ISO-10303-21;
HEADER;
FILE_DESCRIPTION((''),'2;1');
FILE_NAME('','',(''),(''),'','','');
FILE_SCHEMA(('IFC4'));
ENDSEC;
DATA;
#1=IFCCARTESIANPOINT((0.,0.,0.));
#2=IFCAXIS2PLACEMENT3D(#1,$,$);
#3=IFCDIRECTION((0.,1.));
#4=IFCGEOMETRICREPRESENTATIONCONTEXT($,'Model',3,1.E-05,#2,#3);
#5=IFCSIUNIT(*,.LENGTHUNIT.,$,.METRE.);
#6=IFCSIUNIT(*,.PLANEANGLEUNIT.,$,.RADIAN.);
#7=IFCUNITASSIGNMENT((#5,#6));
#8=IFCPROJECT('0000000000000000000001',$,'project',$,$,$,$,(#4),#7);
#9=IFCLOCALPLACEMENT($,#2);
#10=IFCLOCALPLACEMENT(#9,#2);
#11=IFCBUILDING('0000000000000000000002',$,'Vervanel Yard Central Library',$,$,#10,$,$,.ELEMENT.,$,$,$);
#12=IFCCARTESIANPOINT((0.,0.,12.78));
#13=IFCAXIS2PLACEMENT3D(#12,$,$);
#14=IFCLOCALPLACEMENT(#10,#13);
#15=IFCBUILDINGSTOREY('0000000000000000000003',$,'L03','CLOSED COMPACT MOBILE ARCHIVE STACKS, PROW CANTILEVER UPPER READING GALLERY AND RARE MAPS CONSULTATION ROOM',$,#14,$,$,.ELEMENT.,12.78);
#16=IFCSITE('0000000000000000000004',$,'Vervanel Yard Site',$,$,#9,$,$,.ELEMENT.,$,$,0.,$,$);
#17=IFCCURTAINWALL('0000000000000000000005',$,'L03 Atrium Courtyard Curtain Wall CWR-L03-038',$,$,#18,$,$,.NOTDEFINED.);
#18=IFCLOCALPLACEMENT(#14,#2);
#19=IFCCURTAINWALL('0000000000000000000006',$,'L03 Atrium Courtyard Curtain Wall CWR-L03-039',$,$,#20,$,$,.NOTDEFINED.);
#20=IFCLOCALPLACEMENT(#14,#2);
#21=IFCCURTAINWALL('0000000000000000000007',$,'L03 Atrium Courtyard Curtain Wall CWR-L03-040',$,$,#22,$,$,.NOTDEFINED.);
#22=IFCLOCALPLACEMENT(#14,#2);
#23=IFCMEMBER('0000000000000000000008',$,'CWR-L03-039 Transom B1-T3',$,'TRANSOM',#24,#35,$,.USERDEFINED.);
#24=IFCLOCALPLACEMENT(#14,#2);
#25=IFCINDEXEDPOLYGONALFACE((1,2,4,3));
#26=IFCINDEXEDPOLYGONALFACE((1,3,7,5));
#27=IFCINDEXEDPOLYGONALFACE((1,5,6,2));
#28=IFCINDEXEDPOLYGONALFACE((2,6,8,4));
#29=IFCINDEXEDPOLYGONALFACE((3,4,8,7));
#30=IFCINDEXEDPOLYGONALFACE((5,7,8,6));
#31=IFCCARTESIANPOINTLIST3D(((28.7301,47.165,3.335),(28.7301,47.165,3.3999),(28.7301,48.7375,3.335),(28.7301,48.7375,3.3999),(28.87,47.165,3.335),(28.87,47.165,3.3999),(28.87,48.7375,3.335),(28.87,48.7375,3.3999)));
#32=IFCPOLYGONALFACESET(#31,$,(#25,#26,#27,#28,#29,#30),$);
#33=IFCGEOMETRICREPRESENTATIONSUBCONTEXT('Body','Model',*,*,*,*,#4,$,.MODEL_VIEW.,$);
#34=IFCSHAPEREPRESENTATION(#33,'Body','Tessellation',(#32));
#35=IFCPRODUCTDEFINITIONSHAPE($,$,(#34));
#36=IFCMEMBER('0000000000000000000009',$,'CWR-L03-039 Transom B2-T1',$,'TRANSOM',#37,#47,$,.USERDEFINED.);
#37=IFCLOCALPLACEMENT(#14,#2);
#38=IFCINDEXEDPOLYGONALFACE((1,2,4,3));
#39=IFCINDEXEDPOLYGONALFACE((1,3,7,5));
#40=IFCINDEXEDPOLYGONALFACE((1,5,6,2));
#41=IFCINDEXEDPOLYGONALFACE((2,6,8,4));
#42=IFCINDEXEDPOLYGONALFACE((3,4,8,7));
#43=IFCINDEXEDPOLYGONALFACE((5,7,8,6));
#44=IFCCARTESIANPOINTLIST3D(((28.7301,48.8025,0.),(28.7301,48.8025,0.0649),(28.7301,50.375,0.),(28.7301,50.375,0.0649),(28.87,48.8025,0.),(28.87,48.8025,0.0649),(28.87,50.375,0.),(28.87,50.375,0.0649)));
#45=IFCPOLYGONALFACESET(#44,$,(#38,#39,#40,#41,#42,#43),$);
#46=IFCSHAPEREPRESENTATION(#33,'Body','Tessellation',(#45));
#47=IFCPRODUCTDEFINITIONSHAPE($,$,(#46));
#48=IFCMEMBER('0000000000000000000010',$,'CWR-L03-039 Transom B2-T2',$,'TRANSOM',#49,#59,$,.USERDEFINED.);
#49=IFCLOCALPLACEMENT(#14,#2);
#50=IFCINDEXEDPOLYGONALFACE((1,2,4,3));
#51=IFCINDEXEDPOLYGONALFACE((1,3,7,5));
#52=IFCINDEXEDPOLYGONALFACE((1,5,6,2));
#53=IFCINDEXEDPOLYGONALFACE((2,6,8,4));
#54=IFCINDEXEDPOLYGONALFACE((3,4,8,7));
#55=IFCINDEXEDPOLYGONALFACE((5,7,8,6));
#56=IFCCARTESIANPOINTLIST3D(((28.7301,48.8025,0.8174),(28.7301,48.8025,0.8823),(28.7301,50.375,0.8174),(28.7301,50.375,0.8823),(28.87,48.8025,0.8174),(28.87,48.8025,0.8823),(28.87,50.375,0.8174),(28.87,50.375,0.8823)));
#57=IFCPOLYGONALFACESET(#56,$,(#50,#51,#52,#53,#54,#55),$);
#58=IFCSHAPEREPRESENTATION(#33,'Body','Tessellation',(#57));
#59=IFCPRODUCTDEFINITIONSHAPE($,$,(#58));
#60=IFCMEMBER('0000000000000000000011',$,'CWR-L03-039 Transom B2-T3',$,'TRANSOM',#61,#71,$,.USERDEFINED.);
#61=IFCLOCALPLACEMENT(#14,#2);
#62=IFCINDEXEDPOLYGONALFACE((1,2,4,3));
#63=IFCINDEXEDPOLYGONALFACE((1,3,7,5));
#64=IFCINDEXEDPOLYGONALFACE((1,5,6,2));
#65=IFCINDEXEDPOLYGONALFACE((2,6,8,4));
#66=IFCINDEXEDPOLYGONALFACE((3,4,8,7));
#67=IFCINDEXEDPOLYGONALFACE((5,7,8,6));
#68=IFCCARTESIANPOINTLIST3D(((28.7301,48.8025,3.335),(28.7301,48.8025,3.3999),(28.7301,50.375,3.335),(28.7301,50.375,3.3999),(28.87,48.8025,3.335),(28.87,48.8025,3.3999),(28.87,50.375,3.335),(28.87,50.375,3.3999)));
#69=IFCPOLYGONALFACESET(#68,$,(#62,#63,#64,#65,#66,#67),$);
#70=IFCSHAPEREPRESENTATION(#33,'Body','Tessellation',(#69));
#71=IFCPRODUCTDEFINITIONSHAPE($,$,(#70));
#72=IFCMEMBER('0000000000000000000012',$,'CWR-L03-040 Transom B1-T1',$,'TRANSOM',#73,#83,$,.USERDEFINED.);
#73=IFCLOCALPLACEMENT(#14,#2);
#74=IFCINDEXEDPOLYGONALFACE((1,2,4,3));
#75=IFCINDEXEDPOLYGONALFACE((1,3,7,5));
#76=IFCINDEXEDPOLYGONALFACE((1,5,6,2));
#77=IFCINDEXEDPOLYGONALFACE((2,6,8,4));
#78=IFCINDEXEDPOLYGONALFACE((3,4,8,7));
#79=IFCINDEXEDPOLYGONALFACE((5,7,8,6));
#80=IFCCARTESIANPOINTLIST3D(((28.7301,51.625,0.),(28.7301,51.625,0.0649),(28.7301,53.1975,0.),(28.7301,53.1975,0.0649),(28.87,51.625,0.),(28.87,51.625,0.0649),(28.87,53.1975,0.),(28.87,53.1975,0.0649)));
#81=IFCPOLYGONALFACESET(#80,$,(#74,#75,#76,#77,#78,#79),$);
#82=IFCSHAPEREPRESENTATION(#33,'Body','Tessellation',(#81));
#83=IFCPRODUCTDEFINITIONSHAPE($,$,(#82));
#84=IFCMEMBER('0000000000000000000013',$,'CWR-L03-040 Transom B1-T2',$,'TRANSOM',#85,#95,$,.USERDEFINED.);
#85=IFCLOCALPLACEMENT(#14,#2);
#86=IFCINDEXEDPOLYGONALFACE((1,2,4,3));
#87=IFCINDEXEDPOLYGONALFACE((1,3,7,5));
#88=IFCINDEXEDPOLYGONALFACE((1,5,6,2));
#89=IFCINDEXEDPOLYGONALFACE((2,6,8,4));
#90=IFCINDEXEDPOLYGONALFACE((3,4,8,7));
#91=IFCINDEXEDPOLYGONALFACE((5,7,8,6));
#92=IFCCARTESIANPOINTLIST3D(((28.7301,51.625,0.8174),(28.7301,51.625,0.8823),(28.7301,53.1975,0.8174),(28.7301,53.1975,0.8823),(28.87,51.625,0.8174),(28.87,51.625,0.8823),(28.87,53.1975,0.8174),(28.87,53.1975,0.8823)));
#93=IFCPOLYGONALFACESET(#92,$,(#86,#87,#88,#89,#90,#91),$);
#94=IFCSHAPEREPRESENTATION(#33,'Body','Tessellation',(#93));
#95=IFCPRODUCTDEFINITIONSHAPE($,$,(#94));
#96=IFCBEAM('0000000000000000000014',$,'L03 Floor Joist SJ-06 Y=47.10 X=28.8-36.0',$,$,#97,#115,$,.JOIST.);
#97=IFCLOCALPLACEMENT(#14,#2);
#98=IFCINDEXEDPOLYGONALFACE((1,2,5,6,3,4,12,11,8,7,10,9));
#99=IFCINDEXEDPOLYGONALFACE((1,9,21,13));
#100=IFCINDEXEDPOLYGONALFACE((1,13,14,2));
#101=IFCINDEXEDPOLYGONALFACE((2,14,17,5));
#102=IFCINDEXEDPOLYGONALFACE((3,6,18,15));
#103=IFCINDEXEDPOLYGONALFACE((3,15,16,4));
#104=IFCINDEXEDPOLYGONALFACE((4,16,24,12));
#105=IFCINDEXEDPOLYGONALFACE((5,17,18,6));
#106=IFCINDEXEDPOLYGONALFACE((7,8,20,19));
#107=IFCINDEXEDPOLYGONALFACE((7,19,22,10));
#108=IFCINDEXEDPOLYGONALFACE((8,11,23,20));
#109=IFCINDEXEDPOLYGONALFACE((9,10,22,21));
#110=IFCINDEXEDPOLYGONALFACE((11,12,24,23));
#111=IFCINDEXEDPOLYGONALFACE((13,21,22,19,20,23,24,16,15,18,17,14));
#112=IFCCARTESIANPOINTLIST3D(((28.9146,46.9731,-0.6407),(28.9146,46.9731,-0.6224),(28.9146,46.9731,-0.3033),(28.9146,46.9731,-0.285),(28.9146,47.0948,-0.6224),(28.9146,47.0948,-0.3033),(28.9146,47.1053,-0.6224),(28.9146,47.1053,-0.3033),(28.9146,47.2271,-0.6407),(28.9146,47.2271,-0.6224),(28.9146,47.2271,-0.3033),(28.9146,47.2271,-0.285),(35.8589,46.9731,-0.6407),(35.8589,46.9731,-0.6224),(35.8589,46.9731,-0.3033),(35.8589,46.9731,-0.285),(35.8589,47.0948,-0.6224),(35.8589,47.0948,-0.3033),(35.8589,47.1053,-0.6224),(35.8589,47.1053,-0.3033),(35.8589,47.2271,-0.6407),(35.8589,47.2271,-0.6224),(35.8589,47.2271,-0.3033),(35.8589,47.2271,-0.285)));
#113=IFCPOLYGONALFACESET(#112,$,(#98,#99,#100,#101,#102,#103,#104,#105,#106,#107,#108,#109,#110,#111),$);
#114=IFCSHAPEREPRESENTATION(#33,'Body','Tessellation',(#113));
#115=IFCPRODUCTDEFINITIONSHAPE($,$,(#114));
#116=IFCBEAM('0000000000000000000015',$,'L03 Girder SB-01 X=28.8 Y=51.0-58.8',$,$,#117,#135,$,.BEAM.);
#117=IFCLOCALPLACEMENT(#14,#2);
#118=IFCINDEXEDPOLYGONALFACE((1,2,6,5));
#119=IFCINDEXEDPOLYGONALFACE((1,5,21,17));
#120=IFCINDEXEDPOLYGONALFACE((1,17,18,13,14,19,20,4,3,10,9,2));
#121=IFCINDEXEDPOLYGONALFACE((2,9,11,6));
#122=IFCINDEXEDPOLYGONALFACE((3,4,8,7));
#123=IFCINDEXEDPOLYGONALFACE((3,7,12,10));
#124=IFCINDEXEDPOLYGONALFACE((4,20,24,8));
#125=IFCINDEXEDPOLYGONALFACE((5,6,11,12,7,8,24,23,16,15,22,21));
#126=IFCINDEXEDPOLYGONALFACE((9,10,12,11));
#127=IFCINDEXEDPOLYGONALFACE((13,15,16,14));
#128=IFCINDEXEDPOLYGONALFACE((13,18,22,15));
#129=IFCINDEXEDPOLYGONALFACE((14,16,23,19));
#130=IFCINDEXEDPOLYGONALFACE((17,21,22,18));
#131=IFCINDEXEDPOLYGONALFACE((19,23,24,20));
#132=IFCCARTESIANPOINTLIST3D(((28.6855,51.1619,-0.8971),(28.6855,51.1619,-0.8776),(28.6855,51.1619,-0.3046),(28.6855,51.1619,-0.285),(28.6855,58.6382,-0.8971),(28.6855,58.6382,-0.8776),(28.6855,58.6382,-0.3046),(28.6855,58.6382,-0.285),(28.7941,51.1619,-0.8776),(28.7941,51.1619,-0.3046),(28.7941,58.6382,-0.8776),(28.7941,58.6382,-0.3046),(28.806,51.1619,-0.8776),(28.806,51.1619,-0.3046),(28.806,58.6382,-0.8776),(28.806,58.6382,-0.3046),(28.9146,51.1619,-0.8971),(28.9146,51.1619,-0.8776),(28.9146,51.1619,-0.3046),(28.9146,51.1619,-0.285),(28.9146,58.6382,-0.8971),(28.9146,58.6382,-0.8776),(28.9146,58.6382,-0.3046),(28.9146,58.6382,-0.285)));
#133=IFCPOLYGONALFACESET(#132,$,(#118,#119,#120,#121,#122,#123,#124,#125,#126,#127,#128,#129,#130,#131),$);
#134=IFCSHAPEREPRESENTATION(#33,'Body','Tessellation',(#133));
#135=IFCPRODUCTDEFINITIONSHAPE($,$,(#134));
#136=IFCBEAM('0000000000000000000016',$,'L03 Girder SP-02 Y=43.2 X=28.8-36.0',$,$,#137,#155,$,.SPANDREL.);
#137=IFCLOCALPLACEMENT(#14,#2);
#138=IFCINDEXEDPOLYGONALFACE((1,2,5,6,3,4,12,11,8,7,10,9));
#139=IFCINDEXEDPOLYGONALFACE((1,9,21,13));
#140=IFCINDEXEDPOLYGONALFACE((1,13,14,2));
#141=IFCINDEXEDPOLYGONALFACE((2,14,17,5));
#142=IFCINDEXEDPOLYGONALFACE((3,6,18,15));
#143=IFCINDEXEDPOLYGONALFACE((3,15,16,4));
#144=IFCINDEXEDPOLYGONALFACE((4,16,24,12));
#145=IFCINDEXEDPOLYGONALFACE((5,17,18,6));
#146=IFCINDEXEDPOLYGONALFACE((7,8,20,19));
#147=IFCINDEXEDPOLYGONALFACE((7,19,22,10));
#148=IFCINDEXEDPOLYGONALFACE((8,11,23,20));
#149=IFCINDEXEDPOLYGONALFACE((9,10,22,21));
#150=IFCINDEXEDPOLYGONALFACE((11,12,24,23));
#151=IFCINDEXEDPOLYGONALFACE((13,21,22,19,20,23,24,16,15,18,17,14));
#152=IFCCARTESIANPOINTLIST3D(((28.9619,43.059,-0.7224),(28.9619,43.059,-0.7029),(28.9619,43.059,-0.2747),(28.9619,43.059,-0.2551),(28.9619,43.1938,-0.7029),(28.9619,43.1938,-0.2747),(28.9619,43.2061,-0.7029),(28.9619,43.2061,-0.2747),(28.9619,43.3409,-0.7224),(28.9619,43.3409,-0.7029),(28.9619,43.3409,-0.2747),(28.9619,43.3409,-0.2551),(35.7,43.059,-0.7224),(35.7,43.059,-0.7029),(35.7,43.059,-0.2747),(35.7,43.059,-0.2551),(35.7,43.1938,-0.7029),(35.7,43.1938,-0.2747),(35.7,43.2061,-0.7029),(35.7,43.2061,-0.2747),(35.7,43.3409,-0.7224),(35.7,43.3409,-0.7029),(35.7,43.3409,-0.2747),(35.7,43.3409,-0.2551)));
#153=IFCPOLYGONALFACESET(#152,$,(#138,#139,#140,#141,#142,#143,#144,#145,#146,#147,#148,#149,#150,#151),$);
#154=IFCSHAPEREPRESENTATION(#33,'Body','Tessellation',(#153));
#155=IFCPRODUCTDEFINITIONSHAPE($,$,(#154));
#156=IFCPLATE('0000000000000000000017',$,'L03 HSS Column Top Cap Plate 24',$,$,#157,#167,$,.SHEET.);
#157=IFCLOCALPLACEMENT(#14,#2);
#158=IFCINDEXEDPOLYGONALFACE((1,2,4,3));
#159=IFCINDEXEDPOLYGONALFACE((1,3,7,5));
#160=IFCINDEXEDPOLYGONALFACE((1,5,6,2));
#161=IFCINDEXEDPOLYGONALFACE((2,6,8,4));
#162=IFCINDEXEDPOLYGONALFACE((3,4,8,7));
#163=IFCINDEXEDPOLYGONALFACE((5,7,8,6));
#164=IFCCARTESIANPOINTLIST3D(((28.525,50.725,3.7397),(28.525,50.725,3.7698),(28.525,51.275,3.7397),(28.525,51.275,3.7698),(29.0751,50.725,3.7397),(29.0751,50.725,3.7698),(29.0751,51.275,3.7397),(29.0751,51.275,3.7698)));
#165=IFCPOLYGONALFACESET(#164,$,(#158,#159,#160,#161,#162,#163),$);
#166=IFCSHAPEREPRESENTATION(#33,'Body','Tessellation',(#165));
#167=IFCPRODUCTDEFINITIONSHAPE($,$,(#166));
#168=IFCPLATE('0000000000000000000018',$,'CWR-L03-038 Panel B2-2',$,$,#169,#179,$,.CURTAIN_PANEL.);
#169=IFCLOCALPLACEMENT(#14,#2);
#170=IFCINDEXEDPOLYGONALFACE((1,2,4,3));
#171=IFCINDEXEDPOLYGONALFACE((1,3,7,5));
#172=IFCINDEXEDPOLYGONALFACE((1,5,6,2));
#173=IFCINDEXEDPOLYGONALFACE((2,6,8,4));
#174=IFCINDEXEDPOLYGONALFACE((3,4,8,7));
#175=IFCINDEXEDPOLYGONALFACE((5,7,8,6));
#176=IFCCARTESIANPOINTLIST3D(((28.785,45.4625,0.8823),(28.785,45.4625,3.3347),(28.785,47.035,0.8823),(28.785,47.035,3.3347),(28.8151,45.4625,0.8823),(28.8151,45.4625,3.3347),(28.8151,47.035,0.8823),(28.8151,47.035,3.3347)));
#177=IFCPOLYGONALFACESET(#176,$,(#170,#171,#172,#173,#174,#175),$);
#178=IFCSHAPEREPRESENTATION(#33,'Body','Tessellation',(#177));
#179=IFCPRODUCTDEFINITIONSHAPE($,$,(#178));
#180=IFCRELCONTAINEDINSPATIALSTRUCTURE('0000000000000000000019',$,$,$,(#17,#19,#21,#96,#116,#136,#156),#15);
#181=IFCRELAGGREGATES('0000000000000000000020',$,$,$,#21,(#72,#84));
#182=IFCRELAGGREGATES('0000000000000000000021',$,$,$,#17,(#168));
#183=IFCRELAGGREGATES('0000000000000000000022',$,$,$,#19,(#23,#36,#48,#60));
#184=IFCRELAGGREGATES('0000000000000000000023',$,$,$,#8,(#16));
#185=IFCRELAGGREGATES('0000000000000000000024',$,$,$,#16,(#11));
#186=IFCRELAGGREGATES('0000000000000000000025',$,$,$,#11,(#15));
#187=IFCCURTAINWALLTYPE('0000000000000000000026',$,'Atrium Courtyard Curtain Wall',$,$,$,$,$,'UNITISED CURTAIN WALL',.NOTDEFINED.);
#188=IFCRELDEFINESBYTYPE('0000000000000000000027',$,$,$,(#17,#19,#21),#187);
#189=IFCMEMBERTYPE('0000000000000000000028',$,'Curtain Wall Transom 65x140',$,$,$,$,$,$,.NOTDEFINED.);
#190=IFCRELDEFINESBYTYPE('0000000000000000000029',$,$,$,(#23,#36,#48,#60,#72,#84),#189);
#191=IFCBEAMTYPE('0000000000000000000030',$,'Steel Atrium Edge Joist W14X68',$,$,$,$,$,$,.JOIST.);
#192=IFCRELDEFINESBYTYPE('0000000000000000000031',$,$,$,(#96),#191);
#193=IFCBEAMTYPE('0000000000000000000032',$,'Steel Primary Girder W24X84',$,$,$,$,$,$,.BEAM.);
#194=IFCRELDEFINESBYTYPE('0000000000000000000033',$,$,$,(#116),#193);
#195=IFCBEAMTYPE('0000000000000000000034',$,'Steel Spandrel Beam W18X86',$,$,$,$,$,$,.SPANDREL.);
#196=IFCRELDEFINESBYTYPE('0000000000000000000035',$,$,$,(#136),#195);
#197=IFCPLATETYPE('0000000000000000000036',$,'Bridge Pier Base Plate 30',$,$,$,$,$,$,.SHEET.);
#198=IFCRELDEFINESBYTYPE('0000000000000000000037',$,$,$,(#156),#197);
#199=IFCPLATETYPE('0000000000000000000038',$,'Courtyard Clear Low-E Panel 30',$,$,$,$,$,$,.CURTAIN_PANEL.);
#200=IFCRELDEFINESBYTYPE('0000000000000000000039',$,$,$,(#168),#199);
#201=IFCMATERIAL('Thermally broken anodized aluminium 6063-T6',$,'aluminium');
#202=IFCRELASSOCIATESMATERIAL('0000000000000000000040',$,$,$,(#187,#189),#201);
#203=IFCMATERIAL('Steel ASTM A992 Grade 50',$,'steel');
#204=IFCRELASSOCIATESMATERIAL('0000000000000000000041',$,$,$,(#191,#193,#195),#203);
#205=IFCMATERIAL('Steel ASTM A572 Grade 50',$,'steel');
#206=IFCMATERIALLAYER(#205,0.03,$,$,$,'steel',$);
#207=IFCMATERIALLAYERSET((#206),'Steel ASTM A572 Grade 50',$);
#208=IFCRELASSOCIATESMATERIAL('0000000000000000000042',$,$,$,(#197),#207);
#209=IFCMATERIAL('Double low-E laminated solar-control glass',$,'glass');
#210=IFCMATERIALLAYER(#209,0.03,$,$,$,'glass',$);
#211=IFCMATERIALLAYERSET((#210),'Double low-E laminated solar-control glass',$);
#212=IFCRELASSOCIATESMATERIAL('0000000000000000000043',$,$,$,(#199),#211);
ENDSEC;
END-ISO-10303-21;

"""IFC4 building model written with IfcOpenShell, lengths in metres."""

from ifc_helpers import new_model, si_unit, direction, frame, origin, origin_2d, place, context, subcontext, project, spatial, rectangle, i_section, extrude, material, layer, layer_set, material_profile, profile_set, type_object, element, aggregate, save


model = new_model("IFC4")

# Units and contexts
model_context = context("Model", 3, precision=1e-05, world=origin(), true_north=direction((0.0, 1.0)))
body_context = subcontext(model_context, "Body", "Model", "MODEL_VIEW")
ifc_project = project(units=[si_unit("LENGTHUNIT", "METRE"), si_unit("PLANEANGLEUNIT", "RADIAN")], contexts=[model_context])

# Site, building, storey
site_placement = place(None, origin())
site = spatial("IfcSite", under=ifc_project, at=site_placement, Name="Vervanel Yard Site", CompositionType="ELEMENT", RefElevation=0.0)
building_placement = place(site_placement, origin())
building = spatial("IfcBuilding", under=site, at=building_placement, Name="Vervanel Yard Central Library", CompositionType="ELEMENT")
storey_placement = place(building_placement, frame((0.0, 0.0, 12.78)))
storey = spatial("IfcBuildingStorey", under=building, at=storey_placement, Name="L03", Description="CLOSED COMPACT MOBILE ARCHIVE STACKS, PROW CANTILEVER UPPER READING GALLERY AND RARE MAPS CONSULTATION ROOM", CompositionType="ELEMENT", Elevation=12.78)

# Curtain wall
ifc_material_1 = material(Name="Thermally broken anodized aluminium 6063-T6", Category="aluminium")
curtain_wall_type = type_object("IfcCurtainWallType", Name="Atrium Courtyard Curtain Wall", ElementType="UNITISED CURTAIN WALL", PredefinedType="NOTDEFINED", material=ifc_material_1)
curtain_wall_1_placement = place(storey_placement, origin())
curtain_wall_1 = element("IfcCurtainWall", 1, at=curtain_wall_1_placement, inside=storey, type_object=curtain_wall_type, Name="L03 Atrium Courtyard Curtain Wall CWR-L03-038", PredefinedType="NOTDEFINED")

# Curtain wall
curtain_wall_2_placement = place(storey_placement, origin())
curtain_wall_2 = element("IfcCurtainWall", 2, at=curtain_wall_2_placement, inside=storey, type_object=curtain_wall_type, Name="L03 Atrium Courtyard Curtain Wall CWR-L03-039", PredefinedType="NOTDEFINED")

# Curtain wall
curtain_wall_3_placement = place(storey_placement, origin())
curtain_wall_3 = element("IfcCurtainWall", 3, at=curtain_wall_3_placement, inside=storey, type_object=curtain_wall_type, Name="L03 Atrium Courtyard Curtain Wall CWR-L03-040", PredefinedType="NOTDEFINED")

# Members
ifc_material_profile_1 = material_profile(ifc_material_1, rectangle(XDim=0.0649, YDim=0.1399, at=origin_2d()), Name="ALU 65x140", Category="aluminium")
ifc_profile_set_1 = profile_set([ifc_material_profile_1], Name="Thermally broken anodized aluminium 6063-T6")
member_type_1 = type_object("IfcMemberType", Name="Curtain Wall Transom 65x140", PredefinedType="NOTDEFINED", material=ifc_profile_set_1)
member_1_placement = place(storey_placement, frame((28.8, 47.165, 3.3674), z_axis=(0.0, 1.0, 0.0), x_axis=(0.0, 0.0, 1.0)))
member_1 = element("IfcMember", 4, at=member_1_placement, type_object=member_type_1, Name="CWR-L03-039 Transom B1-T3", ObjectType="TRANSOM", PredefinedType="USERDEFINED", context=body_context, shape_type="SweptSolid", body=[
    extrude(rectangle(XDim=0.0649, YDim=0.1399, at=origin_2d()), origin(), (0.0, 0.0, 1.0), 1.5725),
])
member_2_placement = place(storey_placement, frame((28.8, 48.8025, 0.0325), z_axis=(0.0, 1.0, 0.0), x_axis=(0.0, 0.0, 1.0)))
member_2 = element("IfcMember", 5, at=member_2_placement, type_object=member_type_1, Name="CWR-L03-039 Transom B2-T1", ObjectType="TRANSOM", PredefinedType="USERDEFINED", context=body_context, shape_type="SweptSolid", body=[
    extrude(rectangle(XDim=0.0649, YDim=0.1399, at=origin_2d()), origin(), (0.0, 0.0, 1.0), 1.5725),
])
member_3_placement = place(storey_placement, frame((28.8, 48.8025, 0.8499), z_axis=(0.0, 1.0, 0.0), x_axis=(0.0, 0.0, 1.0)))
member_3 = element("IfcMember", 6, at=member_3_placement, type_object=member_type_1, Name="CWR-L03-039 Transom B2-T2", ObjectType="TRANSOM", PredefinedType="USERDEFINED", context=body_context, shape_type="SweptSolid", body=[
    extrude(rectangle(XDim=0.0649, YDim=0.1399, at=origin_2d()), origin(), (0.0, 0.0, 1.0), 1.5725),
])
member_4_placement = place(storey_placement, frame((28.8, 48.8025, 3.3674), z_axis=(0.0, 1.0, 0.0), x_axis=(0.0, 0.0, 1.0)))
member_4 = element("IfcMember", 7, at=member_4_placement, type_object=member_type_1, Name="CWR-L03-039 Transom B2-T3", ObjectType="TRANSOM", PredefinedType="USERDEFINED", context=body_context, shape_type="SweptSolid", body=[
    extrude(rectangle(XDim=0.0649, YDim=0.1399, at=origin_2d()), origin(), (0.0, 0.0, 1.0), 1.5725),
])
member_5_placement = place(storey_placement, frame((28.8, 51.625, 0.0325), z_axis=(0.0, 1.0, 0.0), x_axis=(0.0, 0.0, 1.0)))
member_5 = element("IfcMember", 8, at=member_5_placement, type_object=member_type_1, Name="CWR-L03-040 Transom B1-T1", ObjectType="TRANSOM", PredefinedType="USERDEFINED", context=body_context, shape_type="SweptSolid", body=[
    extrude(rectangle(XDim=0.0649, YDim=0.1399, at=origin_2d()), origin(), (0.0, 0.0, 1.0), 1.5725),
])
member_6_placement = place(storey_placement, frame((28.8, 51.625, 0.8499), z_axis=(0.0, 1.0, 0.0), x_axis=(0.0, 0.0, 1.0)))
member_6 = element("IfcMember", 9, at=member_6_placement, type_object=member_type_1, Name="CWR-L03-040 Transom B1-T2", ObjectType="TRANSOM", PredefinedType="USERDEFINED", context=body_context, shape_type="SweptSolid", body=[
    extrude(rectangle(XDim=0.0649, YDim=0.1399, at=origin_2d()), origin(), (0.0, 0.0, 1.0), 1.5725),
])
aggregate(curtain_wall_3, [member_5, member_6])

# Beams
ifc_material_2 = material(Name="Steel ASTM A992 Grade 50", Category="steel")
ifc_material_profile_2 = material_profile(ifc_material_2, i_section(OverallWidth=0.2539, OverallDepth=0.3557, WebThickness=0.0105, FlangeThickness=0.0183, at=origin_2d()), Name="W14X68", Category="steel")
ifc_profile_set_2 = profile_set([ifc_material_profile_2], Name="Steel ASTM A992 Grade 50")
beam_type_1 = type_object("IfcBeamType", Name="Steel Atrium Edge Joist W14X68", PredefinedType="JOIST", material=ifc_profile_set_2)
beam_1_placement = place(storey_placement, frame((28.9146, 47.1001, -0.4629), z_axis=(1.0, 0.0, 0.0), x_axis=(0.0, 1.0, 0.0)))
element("IfcBeam", 10, at=beam_1_placement, inside=storey, type_object=beam_type_1, Name="L03 Floor Joist SJ-06 Y=47.10 X=28.8-36.0", PredefinedType="JOIST", context=body_context, shape_type="SweptSolid", body=[
    extrude(i_section(OverallWidth=0.2539, OverallDepth=0.3557, WebThickness=0.0105, FlangeThickness=0.0183, at=origin_2d()), origin(), (0.0, 0.0, 1.0), 6.9443),
])
ifc_material_profile_3 = material_profile(ifc_material_2, i_section(OverallWidth=0.229, OverallDepth=0.6121, WebThickness=0.012, FlangeThickness=0.0195, at=origin_2d()), Name="W24X84", Category="steel")
ifc_profile_set_3 = profile_set([ifc_material_profile_3], Name="Steel ASTM A992 Grade 50")
beam_type_2 = type_object("IfcBeamType", Name="Steel Primary Girder W24X84", PredefinedType="BEAM", material=ifc_profile_set_3)
beam_2_placement = place(storey_placement, frame((28.8, 51.1619, -0.5911), z_axis=(0.0, 1.0, 0.0), x_axis=(-1.0, 0.0, 0.0)))
element("IfcBeam", 11, at=beam_2_placement, inside=storey, type_object=beam_type_2, Name="L03 Girder SB-01 X=28.8 Y=51.0-58.8", PredefinedType="BEAM", context=body_context, shape_type="SweptSolid", body=[
    extrude(i_section(OverallWidth=0.229, OverallDepth=0.6121, WebThickness=0.012, FlangeThickness=0.0195, at=origin_2d()), origin(), (0.0, 0.0, 1.0), 7.4763),
])
ifc_material_profile_4 = material_profile(ifc_material_2, i_section(OverallWidth=0.282, OverallDepth=0.4673, WebThickness=0.0122, FlangeThickness=0.0195, at=origin_2d()), Name="W18X86", Category="steel")
ifc_profile_set_4 = profile_set([ifc_material_profile_4], Name="Steel ASTM A992 Grade 50")
beam_type_3 = type_object("IfcBeamType", Name="Steel Spandrel Beam W18X86", PredefinedType="SPANDREL", material=ifc_profile_set_4)
beam_3_placement = place(storey_placement, frame((28.9619, 43.2, -0.4888), z_axis=(1.0, 0.0, 0.0), x_axis=(0.0, 1.0, 0.0)))
element("IfcBeam", 12, at=beam_3_placement, inside=storey, type_object=beam_type_3, Name="L03 Girder SP-02 Y=43.2 X=28.8-36.0", PredefinedType="SPANDREL", context=body_context, shape_type="SweptSolid", body=[
    extrude(i_section(OverallWidth=0.282, OverallDepth=0.4673, WebThickness=0.0122, FlangeThickness=0.0195, at=origin_2d()), origin(), (0.0, 0.0, 1.0), 6.738),
])

# Plates
ifc_material_3 = material(Name="Steel ASTM A572 Grade 50", Category="steel")
ifc_layer_1 = layer(ifc_material_3, 0.03, Category="steel")
ifc_layer_set_1 = layer_set([ifc_layer_1], Name="Steel ASTM A572 Grade 50")
plate_type_1 = type_object("IfcPlateType", Name="Bridge Pier Base Plate 30", PredefinedType="SHEET", material=ifc_layer_set_1)
plate_1_placement = place(storey_placement, frame((28.8, 51.0, 3.7397), z_axis=(0.0, 0.0, 1.0), x_axis=(1.0, 0.0, 0.0)))
element("IfcPlate", 13, at=plate_1_placement, inside=storey, type_object=plate_type_1, Name="L03 HSS Column Top Cap Plate 24", PredefinedType="SHEET", context=body_context, shape_type="SweptSolid", body=[
    extrude(rectangle(XDim=0.55, YDim=0.55, at=origin_2d()), origin(), (0.0, 0.0, 1.0), 0.03),
])
ifc_material_4 = material(Name="Double low-E laminated solar-control glass", Category="glass")
ifc_layer_2 = layer(ifc_material_4, 0.03, Category="glass")
ifc_layer_set_2 = layer_set([ifc_layer_2], Name="Double low-E laminated solar-control glass")
plate_type_2 = type_object("IfcPlateType", Name="Courtyard Clear Low-E Panel 30", PredefinedType="CURTAIN_PANEL", material=ifc_layer_set_2)
plate_2_placement = place(storey_placement, frame((28.8, 46.2488, 0.8823), z_axis=(0.0, 0.0, 1.0), x_axis=(0.0, 1.0, 0.0)))
plate_2 = element("IfcPlate", 14, at=plate_2_placement, type_object=plate_type_2, Name="CWR-L03-038 Panel B2-2", PredefinedType="CURTAIN_PANEL", context=body_context, shape_type="SweptSolid", body=[
    extrude(rectangle(XDim=1.5725, YDim=0.03, at=origin_2d()), origin(), (0.0, 0.0, 1.0), 2.4524),
])
aggregate(curtain_wall_1, [plate_2])
aggregate(curtain_wall_2, [member_1, member_2, member_3, member_4])

save(model, "model.ifc")
